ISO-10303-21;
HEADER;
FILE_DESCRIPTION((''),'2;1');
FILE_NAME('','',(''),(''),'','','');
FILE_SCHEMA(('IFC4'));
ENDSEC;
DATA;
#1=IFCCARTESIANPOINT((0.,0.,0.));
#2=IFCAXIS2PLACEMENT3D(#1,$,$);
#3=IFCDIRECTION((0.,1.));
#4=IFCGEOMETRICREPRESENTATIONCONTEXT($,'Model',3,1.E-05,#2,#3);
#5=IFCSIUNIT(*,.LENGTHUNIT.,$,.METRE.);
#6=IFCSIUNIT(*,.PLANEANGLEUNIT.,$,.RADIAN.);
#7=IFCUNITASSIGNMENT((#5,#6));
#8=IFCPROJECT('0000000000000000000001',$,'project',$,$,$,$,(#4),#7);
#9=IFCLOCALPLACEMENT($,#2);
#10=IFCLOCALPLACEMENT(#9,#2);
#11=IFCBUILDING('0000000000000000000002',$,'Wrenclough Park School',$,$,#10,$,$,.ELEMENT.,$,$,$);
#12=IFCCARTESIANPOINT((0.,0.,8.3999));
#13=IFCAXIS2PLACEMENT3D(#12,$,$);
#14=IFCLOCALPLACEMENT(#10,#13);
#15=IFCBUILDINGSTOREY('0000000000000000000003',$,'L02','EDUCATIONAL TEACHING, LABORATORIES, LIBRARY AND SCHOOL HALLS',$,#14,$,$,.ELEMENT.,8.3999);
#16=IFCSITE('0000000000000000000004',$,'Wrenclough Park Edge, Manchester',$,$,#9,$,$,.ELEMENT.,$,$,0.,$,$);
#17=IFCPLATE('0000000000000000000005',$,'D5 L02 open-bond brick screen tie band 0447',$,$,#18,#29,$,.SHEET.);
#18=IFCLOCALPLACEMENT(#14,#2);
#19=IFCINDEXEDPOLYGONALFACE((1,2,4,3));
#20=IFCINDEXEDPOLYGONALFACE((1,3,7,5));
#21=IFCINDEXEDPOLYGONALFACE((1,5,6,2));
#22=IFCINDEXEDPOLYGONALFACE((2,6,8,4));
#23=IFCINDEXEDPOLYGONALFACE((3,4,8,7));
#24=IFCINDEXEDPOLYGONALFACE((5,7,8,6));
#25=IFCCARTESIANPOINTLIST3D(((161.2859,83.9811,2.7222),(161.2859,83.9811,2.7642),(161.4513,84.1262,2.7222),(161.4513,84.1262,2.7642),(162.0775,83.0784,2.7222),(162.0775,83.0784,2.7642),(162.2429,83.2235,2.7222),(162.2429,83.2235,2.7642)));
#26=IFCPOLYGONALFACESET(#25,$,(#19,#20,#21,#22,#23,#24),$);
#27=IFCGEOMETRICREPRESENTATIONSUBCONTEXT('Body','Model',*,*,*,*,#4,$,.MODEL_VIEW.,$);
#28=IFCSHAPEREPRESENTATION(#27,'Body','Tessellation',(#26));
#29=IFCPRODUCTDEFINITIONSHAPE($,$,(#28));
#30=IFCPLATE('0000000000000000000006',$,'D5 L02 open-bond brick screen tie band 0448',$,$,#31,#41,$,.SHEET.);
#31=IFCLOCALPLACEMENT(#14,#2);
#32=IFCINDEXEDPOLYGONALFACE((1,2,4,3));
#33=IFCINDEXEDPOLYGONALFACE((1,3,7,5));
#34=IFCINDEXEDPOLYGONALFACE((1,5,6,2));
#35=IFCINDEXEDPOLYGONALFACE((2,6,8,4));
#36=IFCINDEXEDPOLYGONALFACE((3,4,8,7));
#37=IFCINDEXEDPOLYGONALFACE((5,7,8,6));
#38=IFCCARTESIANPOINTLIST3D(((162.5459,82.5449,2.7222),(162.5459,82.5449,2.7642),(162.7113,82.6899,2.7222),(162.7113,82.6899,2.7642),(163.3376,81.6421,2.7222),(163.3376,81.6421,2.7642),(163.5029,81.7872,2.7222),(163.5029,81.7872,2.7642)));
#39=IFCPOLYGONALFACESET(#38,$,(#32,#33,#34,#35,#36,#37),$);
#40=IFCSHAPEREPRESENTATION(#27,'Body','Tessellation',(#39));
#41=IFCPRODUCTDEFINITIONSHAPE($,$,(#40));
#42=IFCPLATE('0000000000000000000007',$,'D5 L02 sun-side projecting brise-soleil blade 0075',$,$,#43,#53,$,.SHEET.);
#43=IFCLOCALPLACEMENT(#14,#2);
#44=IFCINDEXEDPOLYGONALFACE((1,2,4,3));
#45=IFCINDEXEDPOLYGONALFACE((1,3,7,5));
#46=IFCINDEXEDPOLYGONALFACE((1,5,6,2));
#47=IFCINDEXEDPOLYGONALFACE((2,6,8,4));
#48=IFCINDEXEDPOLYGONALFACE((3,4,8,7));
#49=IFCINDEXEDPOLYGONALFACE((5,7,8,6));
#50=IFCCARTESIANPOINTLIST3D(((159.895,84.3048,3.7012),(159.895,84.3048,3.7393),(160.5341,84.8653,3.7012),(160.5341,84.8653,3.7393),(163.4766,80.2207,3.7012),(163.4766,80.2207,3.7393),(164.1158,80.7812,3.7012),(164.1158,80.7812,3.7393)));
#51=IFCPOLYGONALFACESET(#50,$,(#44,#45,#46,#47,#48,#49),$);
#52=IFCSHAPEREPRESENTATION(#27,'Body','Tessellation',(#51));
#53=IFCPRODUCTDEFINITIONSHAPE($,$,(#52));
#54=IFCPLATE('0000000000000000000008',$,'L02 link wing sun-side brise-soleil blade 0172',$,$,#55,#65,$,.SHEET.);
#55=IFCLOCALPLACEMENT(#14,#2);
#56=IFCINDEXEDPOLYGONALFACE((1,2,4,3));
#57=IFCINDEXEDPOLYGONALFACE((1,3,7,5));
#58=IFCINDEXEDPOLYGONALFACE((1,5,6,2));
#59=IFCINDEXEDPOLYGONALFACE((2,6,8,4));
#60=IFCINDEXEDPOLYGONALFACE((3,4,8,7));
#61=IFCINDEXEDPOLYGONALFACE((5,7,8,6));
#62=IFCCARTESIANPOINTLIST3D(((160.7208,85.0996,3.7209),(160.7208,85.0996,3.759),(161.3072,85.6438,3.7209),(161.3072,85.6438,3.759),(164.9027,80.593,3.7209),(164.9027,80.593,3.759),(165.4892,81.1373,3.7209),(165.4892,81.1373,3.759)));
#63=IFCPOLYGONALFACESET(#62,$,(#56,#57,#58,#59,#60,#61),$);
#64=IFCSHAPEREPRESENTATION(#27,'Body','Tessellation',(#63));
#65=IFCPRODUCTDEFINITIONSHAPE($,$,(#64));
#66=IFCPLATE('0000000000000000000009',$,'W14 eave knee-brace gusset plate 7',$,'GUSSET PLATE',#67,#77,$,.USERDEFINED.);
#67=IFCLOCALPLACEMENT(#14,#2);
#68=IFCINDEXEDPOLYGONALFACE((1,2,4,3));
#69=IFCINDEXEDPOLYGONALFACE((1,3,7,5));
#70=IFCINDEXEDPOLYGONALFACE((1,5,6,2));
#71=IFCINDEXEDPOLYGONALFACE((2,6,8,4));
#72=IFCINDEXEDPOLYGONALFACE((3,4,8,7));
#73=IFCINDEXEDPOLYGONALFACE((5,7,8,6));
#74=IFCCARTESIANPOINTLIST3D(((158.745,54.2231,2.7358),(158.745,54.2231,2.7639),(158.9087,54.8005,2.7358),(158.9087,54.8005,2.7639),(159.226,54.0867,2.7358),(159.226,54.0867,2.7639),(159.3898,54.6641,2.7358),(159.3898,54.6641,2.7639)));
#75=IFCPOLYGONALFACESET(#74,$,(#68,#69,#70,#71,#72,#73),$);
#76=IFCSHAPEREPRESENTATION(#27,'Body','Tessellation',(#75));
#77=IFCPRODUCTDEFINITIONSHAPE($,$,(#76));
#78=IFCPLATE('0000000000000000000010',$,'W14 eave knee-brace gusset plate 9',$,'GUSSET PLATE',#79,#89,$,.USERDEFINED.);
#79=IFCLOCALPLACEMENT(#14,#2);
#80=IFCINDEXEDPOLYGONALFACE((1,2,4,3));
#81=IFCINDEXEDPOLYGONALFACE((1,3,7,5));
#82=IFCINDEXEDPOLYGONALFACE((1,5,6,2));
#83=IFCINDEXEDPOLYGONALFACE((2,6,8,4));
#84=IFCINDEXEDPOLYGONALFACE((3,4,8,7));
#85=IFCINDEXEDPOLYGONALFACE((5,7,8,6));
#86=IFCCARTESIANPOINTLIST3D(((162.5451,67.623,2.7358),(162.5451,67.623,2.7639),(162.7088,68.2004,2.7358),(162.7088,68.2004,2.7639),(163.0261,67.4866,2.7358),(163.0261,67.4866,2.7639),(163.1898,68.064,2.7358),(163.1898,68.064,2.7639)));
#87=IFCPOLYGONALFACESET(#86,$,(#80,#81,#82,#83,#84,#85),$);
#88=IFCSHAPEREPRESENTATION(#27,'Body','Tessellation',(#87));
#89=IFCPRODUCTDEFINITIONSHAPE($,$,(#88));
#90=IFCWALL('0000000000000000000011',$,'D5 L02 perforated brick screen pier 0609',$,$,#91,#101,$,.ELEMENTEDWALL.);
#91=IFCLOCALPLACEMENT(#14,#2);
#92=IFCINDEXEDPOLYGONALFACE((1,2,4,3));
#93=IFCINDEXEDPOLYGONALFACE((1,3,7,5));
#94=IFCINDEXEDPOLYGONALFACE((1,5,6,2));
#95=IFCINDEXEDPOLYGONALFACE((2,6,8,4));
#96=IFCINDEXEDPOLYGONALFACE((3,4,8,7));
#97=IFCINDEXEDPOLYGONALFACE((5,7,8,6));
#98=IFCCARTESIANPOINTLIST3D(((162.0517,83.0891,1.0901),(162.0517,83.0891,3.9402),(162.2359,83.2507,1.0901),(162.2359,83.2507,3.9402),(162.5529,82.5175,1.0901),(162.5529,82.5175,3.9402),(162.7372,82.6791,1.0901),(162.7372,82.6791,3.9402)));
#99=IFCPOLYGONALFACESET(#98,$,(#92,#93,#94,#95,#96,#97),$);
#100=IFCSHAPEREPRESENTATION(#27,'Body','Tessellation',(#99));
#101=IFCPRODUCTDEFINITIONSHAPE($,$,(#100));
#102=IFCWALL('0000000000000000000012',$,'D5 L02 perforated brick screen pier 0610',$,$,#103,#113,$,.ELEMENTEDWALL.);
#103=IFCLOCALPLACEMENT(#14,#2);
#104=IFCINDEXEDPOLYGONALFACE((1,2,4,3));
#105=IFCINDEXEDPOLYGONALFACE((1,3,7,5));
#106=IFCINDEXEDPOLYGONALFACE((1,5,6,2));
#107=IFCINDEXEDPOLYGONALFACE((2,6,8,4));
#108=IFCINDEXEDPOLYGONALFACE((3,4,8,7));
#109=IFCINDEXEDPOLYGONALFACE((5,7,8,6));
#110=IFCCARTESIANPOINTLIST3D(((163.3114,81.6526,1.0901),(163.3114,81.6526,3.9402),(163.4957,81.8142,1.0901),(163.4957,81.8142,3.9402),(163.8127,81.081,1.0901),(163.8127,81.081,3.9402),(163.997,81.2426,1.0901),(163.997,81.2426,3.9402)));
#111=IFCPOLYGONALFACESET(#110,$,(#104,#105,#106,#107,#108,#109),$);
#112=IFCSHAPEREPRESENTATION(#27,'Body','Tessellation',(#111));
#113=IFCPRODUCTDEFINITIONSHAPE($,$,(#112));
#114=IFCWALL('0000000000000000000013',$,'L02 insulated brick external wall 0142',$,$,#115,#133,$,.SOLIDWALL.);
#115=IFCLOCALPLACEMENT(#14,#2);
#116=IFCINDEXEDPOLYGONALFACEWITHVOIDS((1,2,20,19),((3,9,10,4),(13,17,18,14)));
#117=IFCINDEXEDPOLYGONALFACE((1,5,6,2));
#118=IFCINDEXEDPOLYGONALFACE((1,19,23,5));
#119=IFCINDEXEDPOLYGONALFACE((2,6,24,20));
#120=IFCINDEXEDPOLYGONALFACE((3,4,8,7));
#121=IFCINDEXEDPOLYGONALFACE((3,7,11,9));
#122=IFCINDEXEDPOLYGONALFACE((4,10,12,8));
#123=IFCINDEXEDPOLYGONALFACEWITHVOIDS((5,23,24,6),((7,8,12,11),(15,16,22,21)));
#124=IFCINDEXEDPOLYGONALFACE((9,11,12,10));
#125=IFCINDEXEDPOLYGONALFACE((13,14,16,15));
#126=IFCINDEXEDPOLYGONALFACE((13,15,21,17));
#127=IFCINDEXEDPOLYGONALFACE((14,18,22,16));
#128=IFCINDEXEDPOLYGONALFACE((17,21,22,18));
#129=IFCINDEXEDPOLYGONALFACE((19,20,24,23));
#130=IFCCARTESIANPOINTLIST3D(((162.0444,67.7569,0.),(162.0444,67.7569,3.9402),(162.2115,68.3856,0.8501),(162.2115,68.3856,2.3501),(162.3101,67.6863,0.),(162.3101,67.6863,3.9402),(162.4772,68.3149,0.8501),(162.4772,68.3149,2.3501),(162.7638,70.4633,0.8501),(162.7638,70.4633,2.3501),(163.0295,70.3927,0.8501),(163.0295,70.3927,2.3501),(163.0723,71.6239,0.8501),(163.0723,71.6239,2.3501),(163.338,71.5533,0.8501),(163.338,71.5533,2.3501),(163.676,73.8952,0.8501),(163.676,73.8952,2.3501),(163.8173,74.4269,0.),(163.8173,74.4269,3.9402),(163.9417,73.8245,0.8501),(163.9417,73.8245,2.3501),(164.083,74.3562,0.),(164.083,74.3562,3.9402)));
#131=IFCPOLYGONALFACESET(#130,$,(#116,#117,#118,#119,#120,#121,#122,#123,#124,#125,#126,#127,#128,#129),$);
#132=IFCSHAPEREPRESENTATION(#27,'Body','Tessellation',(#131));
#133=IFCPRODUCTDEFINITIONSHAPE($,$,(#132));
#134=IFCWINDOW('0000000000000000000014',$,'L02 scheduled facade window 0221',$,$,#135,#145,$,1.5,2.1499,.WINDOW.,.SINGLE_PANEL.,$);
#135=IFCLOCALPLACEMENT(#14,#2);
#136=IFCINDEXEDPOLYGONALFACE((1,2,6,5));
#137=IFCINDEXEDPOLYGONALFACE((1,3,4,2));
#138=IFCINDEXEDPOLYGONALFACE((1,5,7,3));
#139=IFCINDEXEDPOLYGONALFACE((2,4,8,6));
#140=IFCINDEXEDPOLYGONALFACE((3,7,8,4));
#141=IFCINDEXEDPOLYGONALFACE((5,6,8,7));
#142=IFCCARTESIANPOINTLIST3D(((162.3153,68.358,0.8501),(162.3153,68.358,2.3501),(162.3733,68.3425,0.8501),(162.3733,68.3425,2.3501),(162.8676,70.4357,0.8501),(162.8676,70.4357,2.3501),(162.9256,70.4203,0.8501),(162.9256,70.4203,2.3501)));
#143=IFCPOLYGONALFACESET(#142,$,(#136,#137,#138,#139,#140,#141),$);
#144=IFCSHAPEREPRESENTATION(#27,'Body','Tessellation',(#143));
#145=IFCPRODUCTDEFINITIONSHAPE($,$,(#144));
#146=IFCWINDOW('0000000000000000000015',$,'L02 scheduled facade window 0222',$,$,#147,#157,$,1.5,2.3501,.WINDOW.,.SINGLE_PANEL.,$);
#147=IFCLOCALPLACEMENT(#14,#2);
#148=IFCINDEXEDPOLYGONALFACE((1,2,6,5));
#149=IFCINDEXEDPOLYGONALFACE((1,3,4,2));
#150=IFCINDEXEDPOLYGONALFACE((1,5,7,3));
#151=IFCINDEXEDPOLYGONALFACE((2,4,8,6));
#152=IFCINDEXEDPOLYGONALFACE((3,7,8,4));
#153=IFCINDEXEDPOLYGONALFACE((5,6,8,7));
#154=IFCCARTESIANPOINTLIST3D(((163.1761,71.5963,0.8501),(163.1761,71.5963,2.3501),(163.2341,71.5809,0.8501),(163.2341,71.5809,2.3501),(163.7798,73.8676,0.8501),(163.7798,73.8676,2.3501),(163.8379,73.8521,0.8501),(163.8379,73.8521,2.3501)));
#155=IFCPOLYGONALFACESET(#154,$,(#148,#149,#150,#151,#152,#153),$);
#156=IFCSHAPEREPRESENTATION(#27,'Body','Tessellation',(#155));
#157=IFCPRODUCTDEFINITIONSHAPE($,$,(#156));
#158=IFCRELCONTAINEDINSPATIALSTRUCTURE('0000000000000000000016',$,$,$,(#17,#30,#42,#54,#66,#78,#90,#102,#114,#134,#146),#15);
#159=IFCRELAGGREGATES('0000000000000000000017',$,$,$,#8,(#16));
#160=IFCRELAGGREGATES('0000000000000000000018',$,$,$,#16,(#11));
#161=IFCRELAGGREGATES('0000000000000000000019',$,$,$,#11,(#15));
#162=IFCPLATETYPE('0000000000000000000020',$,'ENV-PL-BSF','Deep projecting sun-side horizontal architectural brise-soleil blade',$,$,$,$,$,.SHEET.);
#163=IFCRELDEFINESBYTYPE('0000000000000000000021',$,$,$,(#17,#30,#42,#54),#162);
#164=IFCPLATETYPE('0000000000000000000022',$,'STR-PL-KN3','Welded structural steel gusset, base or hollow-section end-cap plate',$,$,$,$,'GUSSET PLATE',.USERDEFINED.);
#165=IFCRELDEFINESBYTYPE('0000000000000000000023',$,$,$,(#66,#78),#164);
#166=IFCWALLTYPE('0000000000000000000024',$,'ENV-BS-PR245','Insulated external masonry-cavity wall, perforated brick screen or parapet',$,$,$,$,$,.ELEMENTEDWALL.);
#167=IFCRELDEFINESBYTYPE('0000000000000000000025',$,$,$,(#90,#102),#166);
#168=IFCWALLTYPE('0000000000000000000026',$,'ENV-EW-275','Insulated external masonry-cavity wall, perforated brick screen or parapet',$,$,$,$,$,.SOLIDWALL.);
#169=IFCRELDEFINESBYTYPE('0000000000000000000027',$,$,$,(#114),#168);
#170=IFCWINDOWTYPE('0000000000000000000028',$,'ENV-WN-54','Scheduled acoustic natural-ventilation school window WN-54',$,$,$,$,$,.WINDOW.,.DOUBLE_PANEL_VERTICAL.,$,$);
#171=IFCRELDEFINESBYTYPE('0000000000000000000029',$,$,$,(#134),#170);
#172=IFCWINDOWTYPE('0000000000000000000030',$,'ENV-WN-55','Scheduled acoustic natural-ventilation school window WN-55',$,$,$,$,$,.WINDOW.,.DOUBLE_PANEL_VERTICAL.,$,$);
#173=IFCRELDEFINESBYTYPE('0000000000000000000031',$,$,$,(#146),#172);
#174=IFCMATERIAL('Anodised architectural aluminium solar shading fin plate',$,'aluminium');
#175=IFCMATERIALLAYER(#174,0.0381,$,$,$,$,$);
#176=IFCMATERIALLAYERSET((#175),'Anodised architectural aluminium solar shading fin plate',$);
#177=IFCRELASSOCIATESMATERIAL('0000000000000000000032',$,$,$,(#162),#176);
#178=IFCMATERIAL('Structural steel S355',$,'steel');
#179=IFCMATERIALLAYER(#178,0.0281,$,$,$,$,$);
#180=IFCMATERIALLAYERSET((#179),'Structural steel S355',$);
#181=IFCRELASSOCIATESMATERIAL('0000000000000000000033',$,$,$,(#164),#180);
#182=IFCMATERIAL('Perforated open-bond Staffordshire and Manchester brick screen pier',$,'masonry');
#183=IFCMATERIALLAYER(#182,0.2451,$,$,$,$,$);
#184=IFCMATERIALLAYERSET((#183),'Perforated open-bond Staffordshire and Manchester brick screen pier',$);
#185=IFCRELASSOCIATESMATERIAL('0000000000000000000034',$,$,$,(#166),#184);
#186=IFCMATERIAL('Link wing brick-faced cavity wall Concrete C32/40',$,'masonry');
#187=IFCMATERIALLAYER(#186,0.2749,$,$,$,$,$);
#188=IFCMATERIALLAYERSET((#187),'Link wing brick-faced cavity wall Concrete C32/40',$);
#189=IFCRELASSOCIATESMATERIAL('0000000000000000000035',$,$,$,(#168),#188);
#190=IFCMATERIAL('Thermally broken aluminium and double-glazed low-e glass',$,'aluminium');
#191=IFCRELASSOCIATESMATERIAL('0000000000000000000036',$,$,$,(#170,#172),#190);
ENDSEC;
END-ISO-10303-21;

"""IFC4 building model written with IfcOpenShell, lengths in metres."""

from ifc_helpers import new_model, si_unit, direction, frame, frame_2d, origin, origin_2d, place, context, subcontext, project, spatial, rectangle, extrude, material, layer, layer_set, type_object, element, fill, save


model = new_model("IFC4")

# Units and contexts
model_context = context("Model", 3, precision=1e-05, world=origin(), true_north=direction((0.0, 1.0)))
body_context = subcontext(model_context, "Body", "Model", "MODEL_VIEW")
ifc_project = project(units=[si_unit("LENGTHUNIT", "METRE"), si_unit("PLANEANGLEUNIT", "RADIAN")], contexts=[model_context])

# Site, building, storey
site_placement = place(None, origin())
site = spatial("IfcSite", under=ifc_project, at=site_placement, Name="Wrenclough Park Edge, Manchester", CompositionType="ELEMENT", RefElevation=0.0)
building_placement = place(site_placement, origin())
building = spatial("IfcBuilding", under=site, at=building_placement, Name="Wrenclough Park School", CompositionType="ELEMENT")
storey_placement = place(building_placement, frame((0.0, 0.0, 8.3999)))
storey = spatial("IfcBuildingStorey", under=building, at=storey_placement, Name="L02", Description="EDUCATIONAL TEACHING, LABORATORIES, LIBRARY AND SCHOOL HALLS", CompositionType="ELEMENT", Elevation=8.3999)

# Shared definitions
ifc_material_1 = material(Name="Structural steel S355", Category="steel")

# Plates
ifc_material_2 = material(Name="Anodised architectural aluminium solar shading fin plate", Category="aluminium")
ifc_layer_1 = layer(ifc_material_2, 0.0381)
ifc_layer_set_1 = layer_set([ifc_layer_1], Name="Anodised architectural aluminium solar shading fin plate")
plate_type_1 = type_object("IfcPlateType", Name="ENV-PL-BSF", Description="Deep projecting sun-side horizontal architectural brise-soleil blade", PredefinedType="SHEET", material=ifc_layer_set_1)
for number, where, z_axis, x_axis, name in (
    (1, (161.7644, 83.6023, 2.7222), (0.0, 0.0, 1.0), (0.659344, -0.751841, 0.0), "D5 L02 open-bond brick screen tie band 0447"),
    (2, (163.0244, 82.166, 2.7222), (0.0, 0.0, 1.0), (0.659344, -0.751841, 0.0), "D5 L02 open-bond brick screen tie band 0448"),
):
    element("IfcPlate", number, at=place(storey_placement, frame(where, z_axis=z_axis, x_axis=x_axis)), inside=storey, type_object=plate_type_1, Name=name, PredefinedType="SHEET", context=body_context, shape_type="SweptSolid", body=[
        extrude(rectangle(XDim=1.2007, YDim=0.22, at=origin_2d()), origin(), (0.0, 0.0, 1.0), 0.042),
    ])
plate_1_placement = place(storey_placement, frame((162.0054, 82.543, 3.7012), z_axis=(0.0, 0.0, 1.0), x_axis=(0.659344, -0.751841, 0.0)))
element("IfcPlate", 3, at=plate_1_placement, inside=storey, type_object=plate_type_1, Name="D5 L02 sun-side projecting brise-soleil blade 0075", PredefinedType="SHEET", context=body_context, shape_type="SweptSolid", body=[
    extrude(rectangle(XDim=5.4321, YDim=0.8501, at=origin_2d()), origin(), (0.0, 0.0, 1.0), 0.0381),
])
plate_2_placement = place(storey_placement, frame((163.105, 83.1184, 3.7209), z_axis=(0.0, 0.0, 1.0), x_axis=(-0.680216, 0.733012, 0.0)))
element("IfcPlate", 4, at=plate_2_placement, inside=storey, type_object=plate_type_1, Name="L02 link wing sun-side brise-soleil blade 0172", PredefinedType="SHEET", context=body_context, shape_type="SweptSolid", body=[
    extrude(rectangle(XDim=6.1479, YDim=0.8, at=origin_2d()), origin(), (0.0, 0.0, 1.0), 0.0381),
])
ifc_layer_2 = layer(ifc_material_1, 0.0281)
ifc_layer_set_2 = layer_set([ifc_layer_2], Name="Structural steel S355")
plate_type_2 = type_object("IfcPlateType", Name="STR-PL-KN3", Description="Welded structural steel gusset, base or hollow-section end-cap plate", ElementType="GUSSET PLATE", PredefinedType="USERDEFINED", material=ifc_layer_set_2)
for number, where, z_axis, x_axis, name in (
    (5, (159.0674, 54.4436, 2.7358), (0.0, 0.0, 1.0), (0.272824, 0.962064, 0.0), "W14 eave knee-brace gusset plate 7"),
    (6, (162.8674, 67.8435, 2.7358), (0.0, 0.0, 1.0), (0.272824, 0.962064, 0.0), "W14 eave knee-brace gusset plate 9"),
):
    element("IfcPlate", number, at=place(storey_placement, frame(where, z_axis=z_axis, x_axis=x_axis)), inside=storey, type_object=plate_type_2, Name=name, ObjectType="GUSSET PLATE", PredefinedType="USERDEFINED", context=body_context, shape_type="SweptSolid", body=[
        extrude(rectangle(XDim=0.6001, YDim=0.5, at=origin_2d()), origin(), (0.0, 0.0, 1.0), 0.0281),
    ])

# Walls
ifc_material_3 = material(Name="Perforated open-bond Staffordshire and Manchester brick screen pier", Category="masonry")
ifc_layer_3 = layer(ifc_material_3, 0.2451)
ifc_layer_set_3 = layer_set([ifc_layer_3], Name="Perforated open-bond Staffordshire and Manchester brick screen pier")
wall_type_1 = type_object("IfcWallType", Name="ENV-BS-PR245", Description="Insulated external masonry-cavity wall, perforated brick screen or parapet", PredefinedType="ELEMENTEDWALL", material=ifc_layer_set_3)
for number, where, z_axis, x_axis, name in (
    (7, (162.1438, 83.1699, 1.0901), (0.0, 0.0, 1.0), (0.659345, -0.75184, 0.0), "D5 L02 perforated brick screen pier 0609"),
    (8, (163.4036, 81.7334, 1.0901), (0.0, 0.0, 1.0), (0.659345, -0.75184, 0.0), "D5 L02 perforated brick screen pier 0610"),
):
    element("IfcWall", number, at=place(storey_placement, frame(where, z_axis=z_axis, x_axis=x_axis)), inside=storey, type_object=wall_type_1, Name=name, PredefinedType="ELEMENTEDWALL", context=body_context, shape_type="SweptSolid", body=[
        extrude(rectangle(XDim=0.7603, YDim=0.2451, at=frame_2d((0.3801, 0.0))), origin(), (0.0, 0.0, 1.0), 2.8501),
    ])

# Wall, openings, windows
ifc_material_4 = material(Name="Link wing brick-faced cavity wall Concrete C32/40", Category="masonry")
ifc_layer_4 = layer(ifc_material_4, 0.2749)
ifc_layer_set_4 = layer_set([ifc_layer_4], Name="Link wing brick-faced cavity wall Concrete C32/40")
wall_type_2 = type_object("IfcWallType", Name="ENV-EW-275", Description="Insulated external masonry-cavity wall, perforated brick screen or parapet", PredefinedType="SOLIDWALL", material=ifc_layer_set_4)
wall_1_placement = place(storey_placement, frame((162.1772, 67.7217, 0.0), z_axis=(0.0, 0.0, 1.0), x_axis=(0.256892, 0.96644, 0.0)))
wall_1 = element("IfcWall", 9, at=wall_1_placement, inside=storey, type_object=wall_type_2, Name="L02 insulated brick external wall 0142", PredefinedType="SOLIDWALL", context=body_context, shape_type="SweptSolid", body=[
    extrude(rectangle(XDim=6.9016, YDim=0.2749, at=frame_2d((3.4507, 0.0))), origin(), (0.0, 0.0, 1.0), 3.9402),
])
opening_1_placement = place(wall_1_placement, frame((0.6504, 0.0, 0.8501)))
opening_1 = element("IfcOpeningElement", 10, at=opening_1_placement, cuts=wall_1, PredefinedType="OPENING", context=body_context, shape_type="SweptSolid", body=[
    extrude(rectangle(XDim=2.1499, YDim=1.5, at=frame_2d((1.075, 0.75))), frame((0.0, 0.1475, 0.0), z_axis=(0.0, -1.0, 0.0), x_axis=(1.0, 0.0, 0.0)), (0.0, 0.0, 1.0), 0.2949),
])
opening_2_placement = place(wall_1_placement, frame((4.0012, 0.0, 0.8501)))
opening_2 = element("IfcOpeningElement", 11, at=opening_2_placement, cuts=wall_1, PredefinedType="OPENING", context=body_context, shape_type="SweptSolid", body=[
    extrude(rectangle(XDim=2.3501, YDim=1.5, at=frame_2d((1.175, 0.75))), frame((0.0, 0.1475, 0.0), z_axis=(0.0, -1.0, 0.0), x_axis=(1.0, 0.0, 0.0)), (0.0, 0.0, 1.0), 0.2949),
])
ifc_material_5 = material(Name="Thermally broken aluminium and double-glazed low-e glass", Category="aluminium")
window_type_1 = type_object("IfcWindowType", Name="ENV-WN-54", Description="Scheduled acoustic natural-ventilation school window WN-54", PartitioningType="DOUBLE_PANEL_VERTICAL", PredefinedType="WINDOW", material=ifc_material_5)
window_1_placement = place(opening_1_placement, origin())
window_1 = element("IfcWindow", 12, at=window_1_placement, inside=storey, type_object=window_type_1, Name="L02 scheduled facade window 0221", OverallHeight=1.5, OverallWidth=2.1499, PartitioningType="SINGLE_PANEL", PredefinedType="WINDOW", context=body_context, shape_type="SweptSolid", body=[
    extrude(rectangle(XDim=2.1499, YDim=1.5, at=frame_2d((1.075, 0.75))), frame((0.0, 0.03, 0.0), z_axis=(0.0, -1.0, 0.0), x_axis=(1.0, 0.0, 0.0)), (0.0, 0.0, 1.0), 0.0601),
])
fill(opening_1, window_1)
window_type_2 = type_object("IfcWindowType", Name="ENV-WN-55", Description="Scheduled acoustic natural-ventilation school window WN-55", PartitioningType="DOUBLE_PANEL_VERTICAL", PredefinedType="WINDOW", material=ifc_material_5)
window_2_placement = place(opening_2_placement, origin())
window_2 = element("IfcWindow", 13, at=window_2_placement, inside=storey, type_object=window_type_2, Name="L02 scheduled facade window 0222", OverallHeight=1.5, OverallWidth=2.3501, PartitioningType="SINGLE_PANEL", PredefinedType="WINDOW", context=body_context, shape_type="SweptSolid", body=[
    extrude(rectangle(XDim=2.3501, YDim=1.5, at=frame_2d((1.175, 0.75))), frame((0.0, 0.03, 0.0), z_axis=(0.0, -1.0, 0.0), x_axis=(1.0, 0.0, 0.0)), (0.0, 0.0, 1.0), 0.0601),
])
fill(opening_2, window_2)

save(model, "model.ifc")
